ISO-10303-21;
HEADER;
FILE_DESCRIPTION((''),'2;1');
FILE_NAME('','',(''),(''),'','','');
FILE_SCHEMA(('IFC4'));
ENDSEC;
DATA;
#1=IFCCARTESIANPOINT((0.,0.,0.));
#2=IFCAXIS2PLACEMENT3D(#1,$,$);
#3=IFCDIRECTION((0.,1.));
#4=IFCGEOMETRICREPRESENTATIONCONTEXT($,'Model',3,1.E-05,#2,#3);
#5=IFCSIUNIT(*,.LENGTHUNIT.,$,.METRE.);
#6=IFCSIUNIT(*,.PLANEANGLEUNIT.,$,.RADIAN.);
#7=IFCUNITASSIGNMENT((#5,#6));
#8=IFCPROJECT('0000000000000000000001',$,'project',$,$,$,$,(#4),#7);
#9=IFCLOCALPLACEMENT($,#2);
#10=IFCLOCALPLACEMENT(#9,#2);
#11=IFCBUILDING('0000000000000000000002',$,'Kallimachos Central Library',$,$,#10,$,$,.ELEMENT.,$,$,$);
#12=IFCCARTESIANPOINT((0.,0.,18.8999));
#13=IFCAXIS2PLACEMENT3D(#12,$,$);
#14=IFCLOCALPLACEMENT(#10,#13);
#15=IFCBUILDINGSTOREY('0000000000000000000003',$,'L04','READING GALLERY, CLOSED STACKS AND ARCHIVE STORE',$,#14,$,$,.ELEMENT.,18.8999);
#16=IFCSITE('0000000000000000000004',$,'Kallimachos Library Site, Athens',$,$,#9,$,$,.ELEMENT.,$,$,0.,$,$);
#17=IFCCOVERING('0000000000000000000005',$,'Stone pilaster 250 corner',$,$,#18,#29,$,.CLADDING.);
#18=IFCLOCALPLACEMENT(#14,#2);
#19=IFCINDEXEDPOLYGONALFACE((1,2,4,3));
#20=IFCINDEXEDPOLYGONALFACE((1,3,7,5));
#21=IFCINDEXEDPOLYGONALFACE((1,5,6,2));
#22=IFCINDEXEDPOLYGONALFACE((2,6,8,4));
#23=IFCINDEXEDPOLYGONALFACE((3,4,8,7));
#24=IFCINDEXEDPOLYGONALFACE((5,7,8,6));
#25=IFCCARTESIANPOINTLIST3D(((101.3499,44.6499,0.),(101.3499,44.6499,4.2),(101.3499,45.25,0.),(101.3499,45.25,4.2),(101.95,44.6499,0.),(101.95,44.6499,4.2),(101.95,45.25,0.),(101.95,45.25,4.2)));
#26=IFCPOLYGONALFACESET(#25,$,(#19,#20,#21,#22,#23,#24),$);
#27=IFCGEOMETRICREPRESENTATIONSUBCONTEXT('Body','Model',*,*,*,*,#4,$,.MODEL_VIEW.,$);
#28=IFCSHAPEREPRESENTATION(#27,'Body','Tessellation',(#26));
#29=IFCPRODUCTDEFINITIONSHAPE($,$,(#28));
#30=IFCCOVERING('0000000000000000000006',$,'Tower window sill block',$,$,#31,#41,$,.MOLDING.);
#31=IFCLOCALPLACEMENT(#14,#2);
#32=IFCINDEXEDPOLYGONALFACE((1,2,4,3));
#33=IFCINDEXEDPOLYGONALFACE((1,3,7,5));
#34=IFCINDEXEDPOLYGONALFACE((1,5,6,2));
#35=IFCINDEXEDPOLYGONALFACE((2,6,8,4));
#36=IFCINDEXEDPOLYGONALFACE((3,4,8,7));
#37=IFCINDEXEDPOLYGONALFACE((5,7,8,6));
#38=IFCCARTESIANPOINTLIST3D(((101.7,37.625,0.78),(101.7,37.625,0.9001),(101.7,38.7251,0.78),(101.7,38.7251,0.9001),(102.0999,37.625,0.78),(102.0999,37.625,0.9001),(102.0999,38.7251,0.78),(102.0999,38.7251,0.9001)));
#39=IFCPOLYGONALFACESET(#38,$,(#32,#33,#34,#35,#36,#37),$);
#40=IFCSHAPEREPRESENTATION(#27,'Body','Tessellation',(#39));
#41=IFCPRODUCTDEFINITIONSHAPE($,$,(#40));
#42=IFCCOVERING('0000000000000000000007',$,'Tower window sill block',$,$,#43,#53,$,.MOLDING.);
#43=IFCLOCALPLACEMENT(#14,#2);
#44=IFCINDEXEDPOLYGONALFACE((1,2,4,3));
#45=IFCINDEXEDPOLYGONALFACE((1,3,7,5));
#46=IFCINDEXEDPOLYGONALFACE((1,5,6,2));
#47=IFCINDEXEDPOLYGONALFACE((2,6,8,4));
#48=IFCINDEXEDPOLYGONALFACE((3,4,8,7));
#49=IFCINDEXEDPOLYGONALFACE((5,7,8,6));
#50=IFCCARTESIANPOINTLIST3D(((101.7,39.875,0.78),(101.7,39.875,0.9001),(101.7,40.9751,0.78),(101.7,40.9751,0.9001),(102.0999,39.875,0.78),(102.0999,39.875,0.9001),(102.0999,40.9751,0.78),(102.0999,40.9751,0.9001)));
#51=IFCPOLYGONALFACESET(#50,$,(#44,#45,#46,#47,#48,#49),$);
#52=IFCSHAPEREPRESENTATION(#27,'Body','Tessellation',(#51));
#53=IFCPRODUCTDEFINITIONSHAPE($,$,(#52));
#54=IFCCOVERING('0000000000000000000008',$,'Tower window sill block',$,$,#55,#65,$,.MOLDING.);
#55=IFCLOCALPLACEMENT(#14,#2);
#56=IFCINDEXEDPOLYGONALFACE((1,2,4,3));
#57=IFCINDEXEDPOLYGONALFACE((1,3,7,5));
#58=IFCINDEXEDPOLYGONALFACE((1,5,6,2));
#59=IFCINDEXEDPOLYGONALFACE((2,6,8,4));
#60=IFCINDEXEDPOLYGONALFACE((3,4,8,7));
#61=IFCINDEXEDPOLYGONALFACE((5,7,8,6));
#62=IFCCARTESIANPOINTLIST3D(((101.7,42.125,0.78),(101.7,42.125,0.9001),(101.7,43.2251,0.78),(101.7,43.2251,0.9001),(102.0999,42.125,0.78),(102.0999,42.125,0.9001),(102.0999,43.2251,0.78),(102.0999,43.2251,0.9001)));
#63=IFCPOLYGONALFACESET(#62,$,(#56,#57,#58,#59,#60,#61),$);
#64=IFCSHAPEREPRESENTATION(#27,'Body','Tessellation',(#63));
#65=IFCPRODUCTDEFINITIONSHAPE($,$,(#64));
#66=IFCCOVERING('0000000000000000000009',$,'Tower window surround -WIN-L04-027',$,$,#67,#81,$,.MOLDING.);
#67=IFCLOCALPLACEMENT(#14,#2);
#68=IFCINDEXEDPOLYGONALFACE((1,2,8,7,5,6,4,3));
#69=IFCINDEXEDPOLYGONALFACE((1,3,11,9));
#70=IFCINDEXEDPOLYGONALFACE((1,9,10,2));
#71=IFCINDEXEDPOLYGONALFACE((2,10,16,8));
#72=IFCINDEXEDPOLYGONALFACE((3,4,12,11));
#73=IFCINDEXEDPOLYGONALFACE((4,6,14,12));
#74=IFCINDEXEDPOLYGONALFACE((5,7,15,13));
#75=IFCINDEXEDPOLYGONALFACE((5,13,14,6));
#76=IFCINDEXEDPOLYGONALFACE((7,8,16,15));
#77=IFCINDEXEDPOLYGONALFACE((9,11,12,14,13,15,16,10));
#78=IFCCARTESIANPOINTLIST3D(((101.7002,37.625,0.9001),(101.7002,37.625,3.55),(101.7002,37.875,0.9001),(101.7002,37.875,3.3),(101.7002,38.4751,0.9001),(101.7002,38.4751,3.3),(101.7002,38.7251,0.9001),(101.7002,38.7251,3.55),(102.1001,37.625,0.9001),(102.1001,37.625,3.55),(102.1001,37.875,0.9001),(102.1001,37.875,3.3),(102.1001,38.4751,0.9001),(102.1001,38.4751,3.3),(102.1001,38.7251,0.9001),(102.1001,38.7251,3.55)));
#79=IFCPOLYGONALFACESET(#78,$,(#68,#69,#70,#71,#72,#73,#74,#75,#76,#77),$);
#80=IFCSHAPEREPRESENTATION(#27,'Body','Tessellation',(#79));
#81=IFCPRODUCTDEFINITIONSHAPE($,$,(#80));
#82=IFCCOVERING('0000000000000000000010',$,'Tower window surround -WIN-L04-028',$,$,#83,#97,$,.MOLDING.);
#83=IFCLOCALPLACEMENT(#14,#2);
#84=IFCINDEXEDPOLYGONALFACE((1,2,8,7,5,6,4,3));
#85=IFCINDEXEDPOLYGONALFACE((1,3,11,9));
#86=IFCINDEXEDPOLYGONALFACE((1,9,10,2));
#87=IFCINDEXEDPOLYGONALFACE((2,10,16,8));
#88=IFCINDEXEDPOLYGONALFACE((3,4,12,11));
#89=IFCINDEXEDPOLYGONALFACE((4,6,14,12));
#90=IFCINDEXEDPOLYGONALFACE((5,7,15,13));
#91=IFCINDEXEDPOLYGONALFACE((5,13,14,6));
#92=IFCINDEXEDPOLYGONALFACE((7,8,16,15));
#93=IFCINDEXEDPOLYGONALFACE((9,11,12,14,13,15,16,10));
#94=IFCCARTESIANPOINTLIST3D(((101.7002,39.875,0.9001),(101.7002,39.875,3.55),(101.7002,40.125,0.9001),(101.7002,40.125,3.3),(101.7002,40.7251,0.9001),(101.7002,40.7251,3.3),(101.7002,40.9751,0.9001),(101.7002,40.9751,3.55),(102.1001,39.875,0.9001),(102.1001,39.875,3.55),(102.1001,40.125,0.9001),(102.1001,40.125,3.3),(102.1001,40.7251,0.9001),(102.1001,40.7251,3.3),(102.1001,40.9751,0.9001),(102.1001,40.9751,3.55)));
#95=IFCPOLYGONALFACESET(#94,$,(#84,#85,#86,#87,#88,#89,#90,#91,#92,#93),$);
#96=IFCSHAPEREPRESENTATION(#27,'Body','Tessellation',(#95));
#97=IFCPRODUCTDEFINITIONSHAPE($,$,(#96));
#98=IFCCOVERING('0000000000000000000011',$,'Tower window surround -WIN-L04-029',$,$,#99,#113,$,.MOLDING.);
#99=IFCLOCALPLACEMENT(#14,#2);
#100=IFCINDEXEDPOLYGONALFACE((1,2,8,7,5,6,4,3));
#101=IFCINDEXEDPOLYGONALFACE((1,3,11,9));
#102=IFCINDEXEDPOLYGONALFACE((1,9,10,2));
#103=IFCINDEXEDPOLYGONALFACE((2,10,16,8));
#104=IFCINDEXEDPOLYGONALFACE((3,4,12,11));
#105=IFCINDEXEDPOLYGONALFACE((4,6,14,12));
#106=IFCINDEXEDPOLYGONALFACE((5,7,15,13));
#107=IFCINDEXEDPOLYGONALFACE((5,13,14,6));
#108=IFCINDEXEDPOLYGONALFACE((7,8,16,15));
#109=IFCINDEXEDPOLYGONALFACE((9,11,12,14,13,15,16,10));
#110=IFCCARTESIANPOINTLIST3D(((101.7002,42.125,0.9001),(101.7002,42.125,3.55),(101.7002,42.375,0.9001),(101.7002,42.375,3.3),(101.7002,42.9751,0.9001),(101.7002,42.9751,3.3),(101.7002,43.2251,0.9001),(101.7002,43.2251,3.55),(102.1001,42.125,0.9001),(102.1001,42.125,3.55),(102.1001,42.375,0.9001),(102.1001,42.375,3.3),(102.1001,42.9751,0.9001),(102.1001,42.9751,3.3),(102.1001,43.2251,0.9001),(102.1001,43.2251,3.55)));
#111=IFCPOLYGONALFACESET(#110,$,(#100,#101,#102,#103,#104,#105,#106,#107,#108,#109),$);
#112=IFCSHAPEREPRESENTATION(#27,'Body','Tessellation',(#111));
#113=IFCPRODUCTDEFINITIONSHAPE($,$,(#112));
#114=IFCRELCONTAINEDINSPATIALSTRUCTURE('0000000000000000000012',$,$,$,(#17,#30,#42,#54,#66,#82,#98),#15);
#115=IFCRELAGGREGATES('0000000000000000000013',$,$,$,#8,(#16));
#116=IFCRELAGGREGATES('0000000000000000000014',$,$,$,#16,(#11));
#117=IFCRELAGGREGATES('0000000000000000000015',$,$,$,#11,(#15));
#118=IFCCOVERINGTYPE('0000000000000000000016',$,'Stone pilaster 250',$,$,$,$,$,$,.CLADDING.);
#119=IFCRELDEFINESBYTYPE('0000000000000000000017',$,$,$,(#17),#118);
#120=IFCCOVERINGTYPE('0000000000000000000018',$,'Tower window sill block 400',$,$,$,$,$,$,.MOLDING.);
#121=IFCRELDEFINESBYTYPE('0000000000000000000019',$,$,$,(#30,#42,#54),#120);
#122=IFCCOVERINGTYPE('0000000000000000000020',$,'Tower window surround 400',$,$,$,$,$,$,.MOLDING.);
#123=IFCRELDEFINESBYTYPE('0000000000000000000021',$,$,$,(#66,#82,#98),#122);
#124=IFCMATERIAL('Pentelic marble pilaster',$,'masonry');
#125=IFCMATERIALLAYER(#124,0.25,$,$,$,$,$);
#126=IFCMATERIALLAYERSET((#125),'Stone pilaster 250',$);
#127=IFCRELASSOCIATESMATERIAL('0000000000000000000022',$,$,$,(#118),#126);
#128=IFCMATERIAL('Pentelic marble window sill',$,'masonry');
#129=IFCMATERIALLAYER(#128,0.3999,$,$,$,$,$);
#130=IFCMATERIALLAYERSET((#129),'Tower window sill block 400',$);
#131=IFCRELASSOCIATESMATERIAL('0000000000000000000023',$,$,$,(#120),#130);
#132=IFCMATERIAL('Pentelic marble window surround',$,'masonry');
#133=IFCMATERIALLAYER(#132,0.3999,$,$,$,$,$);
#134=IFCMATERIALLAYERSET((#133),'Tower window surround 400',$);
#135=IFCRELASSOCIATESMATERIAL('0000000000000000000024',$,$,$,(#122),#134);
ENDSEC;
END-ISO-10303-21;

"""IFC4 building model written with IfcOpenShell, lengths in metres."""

from ifc_helpers import new_model, si_unit, direction, frame, origin, origin_2d, place, context, subcontext, project, spatial, polyline, rectangle, outline, extrude, material, layer, layer_set, type_object, element, save


model = new_model("IFC4")

# Units and contexts
model_context = context("Model", 3, precision=1e-05, world=origin(), true_north=direction((0.0, 1.0)))
body_context = subcontext(model_context, "Body", "Model", "MODEL_VIEW")
ifc_project = project(units=[si_unit("LENGTHUNIT", "METRE"), si_unit("PLANEANGLEUNIT", "RADIAN")], contexts=[model_context])

# Site, building, storey
site_placement = place(None, origin())
site = spatial("IfcSite", under=ifc_project, at=site_placement, Name="Kallimachos Library Site, Athens", CompositionType="ELEMENT", RefElevation=0.0)
building_placement = place(site_placement, origin())
building = spatial("IfcBuilding", under=site, at=building_placement, Name="Kallimachos Central Library", CompositionType="ELEMENT")
storey_placement = place(building_placement, frame((0.0, 0.0, 18.8999)))
storey = spatial("IfcBuildingStorey", under=building, at=storey_placement, Name="L04", Description="READING GALLERY, CLOSED STACKS AND ARCHIVE STORE", CompositionType="ELEMENT", Elevation=18.8999)

# Coverings
ifc_material_1 = material(Name="Pentelic marble pilaster", Category="masonry")
ifc_layer_1 = layer(ifc_material_1, 0.25)
ifc_layer_set_1 = layer_set([ifc_layer_1], Name="Stone pilaster 250")
covering_type_1 = type_object("IfcCoveringType", Name="Stone pilaster 250", PredefinedType="CLADDING", material=ifc_layer_set_1)
covering_1_placement = place(storey_placement, frame((101.6499, 44.95, 0.0), z_axis=(0.0, 0.0, 1.0), x_axis=(1.0, 0.0, 0.0)))
element("IfcCovering", 1, at=covering_1_placement, inside=storey, type_object=covering_type_1, Name="Stone pilaster 250 corner", PredefinedType="CLADDING", context=body_context, shape_type="SweptSolid", body=[
    extrude(rectangle(XDim=0.6001, YDim=0.6001, at=origin_2d()), origin(), (0.0, 0.0, 1.0), 4.2),
])
ifc_material_2 = material(Name="Pentelic marble window sill", Category="masonry")
ifc_layer_2 = layer(ifc_material_2, 0.3999)
ifc_layer_set_2 = layer_set([ifc_layer_2], Name="Tower window sill block 400")
covering_type_2 = type_object("IfcCoveringType", Name="Tower window sill block 400", PredefinedType="MOLDING", material=ifc_layer_set_2)
for number, where, z_axis, x_axis, name in (
    (2, (101.8999, 38.175, 0.78), (0.0, 0.0, 1.0), (1.0, 0.0, 0.0), "Tower window sill block"),
    (3, (101.8999, 40.425, 0.78), (0.0, 0.0, 1.0), (1.0, 0.0, 0.0), "Tower window sill block"),
    (4, (101.8999, 42.675, 0.78), (0.0, 0.0, 1.0), (1.0, 0.0, 0.0), "Tower window sill block"),
):
    element("IfcCovering", number, at=place(storey_placement, frame(where, z_axis=z_axis, x_axis=x_axis)), inside=storey, type_object=covering_type_2, Name=name, PredefinedType="MOLDING", context=body_context, shape_type="SweptSolid", body=[
        extrude(rectangle(XDim=0.3999, YDim=1.1001, at=origin_2d()), origin(), (0.0, 0.0, 1.0), 0.1201),
    ])
ifc_material_3 = material(Name="Pentelic marble window surround", Category="masonry")
ifc_layer_3 = layer(ifc_material_3, 0.3999)
ifc_layer_set_3 = layer_set([ifc_layer_3], Name="Tower window surround 400")
covering_type_3 = type_object("IfcCoveringType", Name="Tower window surround 400", PredefinedType="MOLDING", material=ifc_layer_set_3)
for number, where, z_axis, x_axis, name in (
    (5, (102.1001, 37.875, 0.9001), (1.0, 0.0, 0.0), (0.0, 0.0, 1.0), "Tower window surround -WIN-L04-027"),
    (6, (102.1001, 40.125, 0.9001), (1.0, 0.0, 0.0), (0.0, 0.0, 1.0), "Tower window surround -WIN-L04-028"),
    (7, (102.1001, 42.375, 0.9001), (1.0, 0.0, 0.0), (0.0, 0.0, 1.0), "Tower window surround -WIN-L04-029"),
):
    element("IfcCovering", number, at=place(storey_placement, frame(where, z_axis=z_axis, x_axis=x_axis)), inside=storey, type_object=covering_type_3, Name=name, PredefinedType="MOLDING", context=body_context, shape_type="SweptSolid", body=[
        extrude(outline(polyline([(0.0, 0.0), (2.3999, 0.0), (2.3999, -0.6001), (0.0, -0.6001), (0.0, -0.8501), (2.6499, -0.8501), (2.6499, 0.25), (0.0, 0.25), (0.0, 0.0)])), origin(), (0.0, 0.0, -1.0), 0.3999),
    ])

save(model, "model.ifc")
